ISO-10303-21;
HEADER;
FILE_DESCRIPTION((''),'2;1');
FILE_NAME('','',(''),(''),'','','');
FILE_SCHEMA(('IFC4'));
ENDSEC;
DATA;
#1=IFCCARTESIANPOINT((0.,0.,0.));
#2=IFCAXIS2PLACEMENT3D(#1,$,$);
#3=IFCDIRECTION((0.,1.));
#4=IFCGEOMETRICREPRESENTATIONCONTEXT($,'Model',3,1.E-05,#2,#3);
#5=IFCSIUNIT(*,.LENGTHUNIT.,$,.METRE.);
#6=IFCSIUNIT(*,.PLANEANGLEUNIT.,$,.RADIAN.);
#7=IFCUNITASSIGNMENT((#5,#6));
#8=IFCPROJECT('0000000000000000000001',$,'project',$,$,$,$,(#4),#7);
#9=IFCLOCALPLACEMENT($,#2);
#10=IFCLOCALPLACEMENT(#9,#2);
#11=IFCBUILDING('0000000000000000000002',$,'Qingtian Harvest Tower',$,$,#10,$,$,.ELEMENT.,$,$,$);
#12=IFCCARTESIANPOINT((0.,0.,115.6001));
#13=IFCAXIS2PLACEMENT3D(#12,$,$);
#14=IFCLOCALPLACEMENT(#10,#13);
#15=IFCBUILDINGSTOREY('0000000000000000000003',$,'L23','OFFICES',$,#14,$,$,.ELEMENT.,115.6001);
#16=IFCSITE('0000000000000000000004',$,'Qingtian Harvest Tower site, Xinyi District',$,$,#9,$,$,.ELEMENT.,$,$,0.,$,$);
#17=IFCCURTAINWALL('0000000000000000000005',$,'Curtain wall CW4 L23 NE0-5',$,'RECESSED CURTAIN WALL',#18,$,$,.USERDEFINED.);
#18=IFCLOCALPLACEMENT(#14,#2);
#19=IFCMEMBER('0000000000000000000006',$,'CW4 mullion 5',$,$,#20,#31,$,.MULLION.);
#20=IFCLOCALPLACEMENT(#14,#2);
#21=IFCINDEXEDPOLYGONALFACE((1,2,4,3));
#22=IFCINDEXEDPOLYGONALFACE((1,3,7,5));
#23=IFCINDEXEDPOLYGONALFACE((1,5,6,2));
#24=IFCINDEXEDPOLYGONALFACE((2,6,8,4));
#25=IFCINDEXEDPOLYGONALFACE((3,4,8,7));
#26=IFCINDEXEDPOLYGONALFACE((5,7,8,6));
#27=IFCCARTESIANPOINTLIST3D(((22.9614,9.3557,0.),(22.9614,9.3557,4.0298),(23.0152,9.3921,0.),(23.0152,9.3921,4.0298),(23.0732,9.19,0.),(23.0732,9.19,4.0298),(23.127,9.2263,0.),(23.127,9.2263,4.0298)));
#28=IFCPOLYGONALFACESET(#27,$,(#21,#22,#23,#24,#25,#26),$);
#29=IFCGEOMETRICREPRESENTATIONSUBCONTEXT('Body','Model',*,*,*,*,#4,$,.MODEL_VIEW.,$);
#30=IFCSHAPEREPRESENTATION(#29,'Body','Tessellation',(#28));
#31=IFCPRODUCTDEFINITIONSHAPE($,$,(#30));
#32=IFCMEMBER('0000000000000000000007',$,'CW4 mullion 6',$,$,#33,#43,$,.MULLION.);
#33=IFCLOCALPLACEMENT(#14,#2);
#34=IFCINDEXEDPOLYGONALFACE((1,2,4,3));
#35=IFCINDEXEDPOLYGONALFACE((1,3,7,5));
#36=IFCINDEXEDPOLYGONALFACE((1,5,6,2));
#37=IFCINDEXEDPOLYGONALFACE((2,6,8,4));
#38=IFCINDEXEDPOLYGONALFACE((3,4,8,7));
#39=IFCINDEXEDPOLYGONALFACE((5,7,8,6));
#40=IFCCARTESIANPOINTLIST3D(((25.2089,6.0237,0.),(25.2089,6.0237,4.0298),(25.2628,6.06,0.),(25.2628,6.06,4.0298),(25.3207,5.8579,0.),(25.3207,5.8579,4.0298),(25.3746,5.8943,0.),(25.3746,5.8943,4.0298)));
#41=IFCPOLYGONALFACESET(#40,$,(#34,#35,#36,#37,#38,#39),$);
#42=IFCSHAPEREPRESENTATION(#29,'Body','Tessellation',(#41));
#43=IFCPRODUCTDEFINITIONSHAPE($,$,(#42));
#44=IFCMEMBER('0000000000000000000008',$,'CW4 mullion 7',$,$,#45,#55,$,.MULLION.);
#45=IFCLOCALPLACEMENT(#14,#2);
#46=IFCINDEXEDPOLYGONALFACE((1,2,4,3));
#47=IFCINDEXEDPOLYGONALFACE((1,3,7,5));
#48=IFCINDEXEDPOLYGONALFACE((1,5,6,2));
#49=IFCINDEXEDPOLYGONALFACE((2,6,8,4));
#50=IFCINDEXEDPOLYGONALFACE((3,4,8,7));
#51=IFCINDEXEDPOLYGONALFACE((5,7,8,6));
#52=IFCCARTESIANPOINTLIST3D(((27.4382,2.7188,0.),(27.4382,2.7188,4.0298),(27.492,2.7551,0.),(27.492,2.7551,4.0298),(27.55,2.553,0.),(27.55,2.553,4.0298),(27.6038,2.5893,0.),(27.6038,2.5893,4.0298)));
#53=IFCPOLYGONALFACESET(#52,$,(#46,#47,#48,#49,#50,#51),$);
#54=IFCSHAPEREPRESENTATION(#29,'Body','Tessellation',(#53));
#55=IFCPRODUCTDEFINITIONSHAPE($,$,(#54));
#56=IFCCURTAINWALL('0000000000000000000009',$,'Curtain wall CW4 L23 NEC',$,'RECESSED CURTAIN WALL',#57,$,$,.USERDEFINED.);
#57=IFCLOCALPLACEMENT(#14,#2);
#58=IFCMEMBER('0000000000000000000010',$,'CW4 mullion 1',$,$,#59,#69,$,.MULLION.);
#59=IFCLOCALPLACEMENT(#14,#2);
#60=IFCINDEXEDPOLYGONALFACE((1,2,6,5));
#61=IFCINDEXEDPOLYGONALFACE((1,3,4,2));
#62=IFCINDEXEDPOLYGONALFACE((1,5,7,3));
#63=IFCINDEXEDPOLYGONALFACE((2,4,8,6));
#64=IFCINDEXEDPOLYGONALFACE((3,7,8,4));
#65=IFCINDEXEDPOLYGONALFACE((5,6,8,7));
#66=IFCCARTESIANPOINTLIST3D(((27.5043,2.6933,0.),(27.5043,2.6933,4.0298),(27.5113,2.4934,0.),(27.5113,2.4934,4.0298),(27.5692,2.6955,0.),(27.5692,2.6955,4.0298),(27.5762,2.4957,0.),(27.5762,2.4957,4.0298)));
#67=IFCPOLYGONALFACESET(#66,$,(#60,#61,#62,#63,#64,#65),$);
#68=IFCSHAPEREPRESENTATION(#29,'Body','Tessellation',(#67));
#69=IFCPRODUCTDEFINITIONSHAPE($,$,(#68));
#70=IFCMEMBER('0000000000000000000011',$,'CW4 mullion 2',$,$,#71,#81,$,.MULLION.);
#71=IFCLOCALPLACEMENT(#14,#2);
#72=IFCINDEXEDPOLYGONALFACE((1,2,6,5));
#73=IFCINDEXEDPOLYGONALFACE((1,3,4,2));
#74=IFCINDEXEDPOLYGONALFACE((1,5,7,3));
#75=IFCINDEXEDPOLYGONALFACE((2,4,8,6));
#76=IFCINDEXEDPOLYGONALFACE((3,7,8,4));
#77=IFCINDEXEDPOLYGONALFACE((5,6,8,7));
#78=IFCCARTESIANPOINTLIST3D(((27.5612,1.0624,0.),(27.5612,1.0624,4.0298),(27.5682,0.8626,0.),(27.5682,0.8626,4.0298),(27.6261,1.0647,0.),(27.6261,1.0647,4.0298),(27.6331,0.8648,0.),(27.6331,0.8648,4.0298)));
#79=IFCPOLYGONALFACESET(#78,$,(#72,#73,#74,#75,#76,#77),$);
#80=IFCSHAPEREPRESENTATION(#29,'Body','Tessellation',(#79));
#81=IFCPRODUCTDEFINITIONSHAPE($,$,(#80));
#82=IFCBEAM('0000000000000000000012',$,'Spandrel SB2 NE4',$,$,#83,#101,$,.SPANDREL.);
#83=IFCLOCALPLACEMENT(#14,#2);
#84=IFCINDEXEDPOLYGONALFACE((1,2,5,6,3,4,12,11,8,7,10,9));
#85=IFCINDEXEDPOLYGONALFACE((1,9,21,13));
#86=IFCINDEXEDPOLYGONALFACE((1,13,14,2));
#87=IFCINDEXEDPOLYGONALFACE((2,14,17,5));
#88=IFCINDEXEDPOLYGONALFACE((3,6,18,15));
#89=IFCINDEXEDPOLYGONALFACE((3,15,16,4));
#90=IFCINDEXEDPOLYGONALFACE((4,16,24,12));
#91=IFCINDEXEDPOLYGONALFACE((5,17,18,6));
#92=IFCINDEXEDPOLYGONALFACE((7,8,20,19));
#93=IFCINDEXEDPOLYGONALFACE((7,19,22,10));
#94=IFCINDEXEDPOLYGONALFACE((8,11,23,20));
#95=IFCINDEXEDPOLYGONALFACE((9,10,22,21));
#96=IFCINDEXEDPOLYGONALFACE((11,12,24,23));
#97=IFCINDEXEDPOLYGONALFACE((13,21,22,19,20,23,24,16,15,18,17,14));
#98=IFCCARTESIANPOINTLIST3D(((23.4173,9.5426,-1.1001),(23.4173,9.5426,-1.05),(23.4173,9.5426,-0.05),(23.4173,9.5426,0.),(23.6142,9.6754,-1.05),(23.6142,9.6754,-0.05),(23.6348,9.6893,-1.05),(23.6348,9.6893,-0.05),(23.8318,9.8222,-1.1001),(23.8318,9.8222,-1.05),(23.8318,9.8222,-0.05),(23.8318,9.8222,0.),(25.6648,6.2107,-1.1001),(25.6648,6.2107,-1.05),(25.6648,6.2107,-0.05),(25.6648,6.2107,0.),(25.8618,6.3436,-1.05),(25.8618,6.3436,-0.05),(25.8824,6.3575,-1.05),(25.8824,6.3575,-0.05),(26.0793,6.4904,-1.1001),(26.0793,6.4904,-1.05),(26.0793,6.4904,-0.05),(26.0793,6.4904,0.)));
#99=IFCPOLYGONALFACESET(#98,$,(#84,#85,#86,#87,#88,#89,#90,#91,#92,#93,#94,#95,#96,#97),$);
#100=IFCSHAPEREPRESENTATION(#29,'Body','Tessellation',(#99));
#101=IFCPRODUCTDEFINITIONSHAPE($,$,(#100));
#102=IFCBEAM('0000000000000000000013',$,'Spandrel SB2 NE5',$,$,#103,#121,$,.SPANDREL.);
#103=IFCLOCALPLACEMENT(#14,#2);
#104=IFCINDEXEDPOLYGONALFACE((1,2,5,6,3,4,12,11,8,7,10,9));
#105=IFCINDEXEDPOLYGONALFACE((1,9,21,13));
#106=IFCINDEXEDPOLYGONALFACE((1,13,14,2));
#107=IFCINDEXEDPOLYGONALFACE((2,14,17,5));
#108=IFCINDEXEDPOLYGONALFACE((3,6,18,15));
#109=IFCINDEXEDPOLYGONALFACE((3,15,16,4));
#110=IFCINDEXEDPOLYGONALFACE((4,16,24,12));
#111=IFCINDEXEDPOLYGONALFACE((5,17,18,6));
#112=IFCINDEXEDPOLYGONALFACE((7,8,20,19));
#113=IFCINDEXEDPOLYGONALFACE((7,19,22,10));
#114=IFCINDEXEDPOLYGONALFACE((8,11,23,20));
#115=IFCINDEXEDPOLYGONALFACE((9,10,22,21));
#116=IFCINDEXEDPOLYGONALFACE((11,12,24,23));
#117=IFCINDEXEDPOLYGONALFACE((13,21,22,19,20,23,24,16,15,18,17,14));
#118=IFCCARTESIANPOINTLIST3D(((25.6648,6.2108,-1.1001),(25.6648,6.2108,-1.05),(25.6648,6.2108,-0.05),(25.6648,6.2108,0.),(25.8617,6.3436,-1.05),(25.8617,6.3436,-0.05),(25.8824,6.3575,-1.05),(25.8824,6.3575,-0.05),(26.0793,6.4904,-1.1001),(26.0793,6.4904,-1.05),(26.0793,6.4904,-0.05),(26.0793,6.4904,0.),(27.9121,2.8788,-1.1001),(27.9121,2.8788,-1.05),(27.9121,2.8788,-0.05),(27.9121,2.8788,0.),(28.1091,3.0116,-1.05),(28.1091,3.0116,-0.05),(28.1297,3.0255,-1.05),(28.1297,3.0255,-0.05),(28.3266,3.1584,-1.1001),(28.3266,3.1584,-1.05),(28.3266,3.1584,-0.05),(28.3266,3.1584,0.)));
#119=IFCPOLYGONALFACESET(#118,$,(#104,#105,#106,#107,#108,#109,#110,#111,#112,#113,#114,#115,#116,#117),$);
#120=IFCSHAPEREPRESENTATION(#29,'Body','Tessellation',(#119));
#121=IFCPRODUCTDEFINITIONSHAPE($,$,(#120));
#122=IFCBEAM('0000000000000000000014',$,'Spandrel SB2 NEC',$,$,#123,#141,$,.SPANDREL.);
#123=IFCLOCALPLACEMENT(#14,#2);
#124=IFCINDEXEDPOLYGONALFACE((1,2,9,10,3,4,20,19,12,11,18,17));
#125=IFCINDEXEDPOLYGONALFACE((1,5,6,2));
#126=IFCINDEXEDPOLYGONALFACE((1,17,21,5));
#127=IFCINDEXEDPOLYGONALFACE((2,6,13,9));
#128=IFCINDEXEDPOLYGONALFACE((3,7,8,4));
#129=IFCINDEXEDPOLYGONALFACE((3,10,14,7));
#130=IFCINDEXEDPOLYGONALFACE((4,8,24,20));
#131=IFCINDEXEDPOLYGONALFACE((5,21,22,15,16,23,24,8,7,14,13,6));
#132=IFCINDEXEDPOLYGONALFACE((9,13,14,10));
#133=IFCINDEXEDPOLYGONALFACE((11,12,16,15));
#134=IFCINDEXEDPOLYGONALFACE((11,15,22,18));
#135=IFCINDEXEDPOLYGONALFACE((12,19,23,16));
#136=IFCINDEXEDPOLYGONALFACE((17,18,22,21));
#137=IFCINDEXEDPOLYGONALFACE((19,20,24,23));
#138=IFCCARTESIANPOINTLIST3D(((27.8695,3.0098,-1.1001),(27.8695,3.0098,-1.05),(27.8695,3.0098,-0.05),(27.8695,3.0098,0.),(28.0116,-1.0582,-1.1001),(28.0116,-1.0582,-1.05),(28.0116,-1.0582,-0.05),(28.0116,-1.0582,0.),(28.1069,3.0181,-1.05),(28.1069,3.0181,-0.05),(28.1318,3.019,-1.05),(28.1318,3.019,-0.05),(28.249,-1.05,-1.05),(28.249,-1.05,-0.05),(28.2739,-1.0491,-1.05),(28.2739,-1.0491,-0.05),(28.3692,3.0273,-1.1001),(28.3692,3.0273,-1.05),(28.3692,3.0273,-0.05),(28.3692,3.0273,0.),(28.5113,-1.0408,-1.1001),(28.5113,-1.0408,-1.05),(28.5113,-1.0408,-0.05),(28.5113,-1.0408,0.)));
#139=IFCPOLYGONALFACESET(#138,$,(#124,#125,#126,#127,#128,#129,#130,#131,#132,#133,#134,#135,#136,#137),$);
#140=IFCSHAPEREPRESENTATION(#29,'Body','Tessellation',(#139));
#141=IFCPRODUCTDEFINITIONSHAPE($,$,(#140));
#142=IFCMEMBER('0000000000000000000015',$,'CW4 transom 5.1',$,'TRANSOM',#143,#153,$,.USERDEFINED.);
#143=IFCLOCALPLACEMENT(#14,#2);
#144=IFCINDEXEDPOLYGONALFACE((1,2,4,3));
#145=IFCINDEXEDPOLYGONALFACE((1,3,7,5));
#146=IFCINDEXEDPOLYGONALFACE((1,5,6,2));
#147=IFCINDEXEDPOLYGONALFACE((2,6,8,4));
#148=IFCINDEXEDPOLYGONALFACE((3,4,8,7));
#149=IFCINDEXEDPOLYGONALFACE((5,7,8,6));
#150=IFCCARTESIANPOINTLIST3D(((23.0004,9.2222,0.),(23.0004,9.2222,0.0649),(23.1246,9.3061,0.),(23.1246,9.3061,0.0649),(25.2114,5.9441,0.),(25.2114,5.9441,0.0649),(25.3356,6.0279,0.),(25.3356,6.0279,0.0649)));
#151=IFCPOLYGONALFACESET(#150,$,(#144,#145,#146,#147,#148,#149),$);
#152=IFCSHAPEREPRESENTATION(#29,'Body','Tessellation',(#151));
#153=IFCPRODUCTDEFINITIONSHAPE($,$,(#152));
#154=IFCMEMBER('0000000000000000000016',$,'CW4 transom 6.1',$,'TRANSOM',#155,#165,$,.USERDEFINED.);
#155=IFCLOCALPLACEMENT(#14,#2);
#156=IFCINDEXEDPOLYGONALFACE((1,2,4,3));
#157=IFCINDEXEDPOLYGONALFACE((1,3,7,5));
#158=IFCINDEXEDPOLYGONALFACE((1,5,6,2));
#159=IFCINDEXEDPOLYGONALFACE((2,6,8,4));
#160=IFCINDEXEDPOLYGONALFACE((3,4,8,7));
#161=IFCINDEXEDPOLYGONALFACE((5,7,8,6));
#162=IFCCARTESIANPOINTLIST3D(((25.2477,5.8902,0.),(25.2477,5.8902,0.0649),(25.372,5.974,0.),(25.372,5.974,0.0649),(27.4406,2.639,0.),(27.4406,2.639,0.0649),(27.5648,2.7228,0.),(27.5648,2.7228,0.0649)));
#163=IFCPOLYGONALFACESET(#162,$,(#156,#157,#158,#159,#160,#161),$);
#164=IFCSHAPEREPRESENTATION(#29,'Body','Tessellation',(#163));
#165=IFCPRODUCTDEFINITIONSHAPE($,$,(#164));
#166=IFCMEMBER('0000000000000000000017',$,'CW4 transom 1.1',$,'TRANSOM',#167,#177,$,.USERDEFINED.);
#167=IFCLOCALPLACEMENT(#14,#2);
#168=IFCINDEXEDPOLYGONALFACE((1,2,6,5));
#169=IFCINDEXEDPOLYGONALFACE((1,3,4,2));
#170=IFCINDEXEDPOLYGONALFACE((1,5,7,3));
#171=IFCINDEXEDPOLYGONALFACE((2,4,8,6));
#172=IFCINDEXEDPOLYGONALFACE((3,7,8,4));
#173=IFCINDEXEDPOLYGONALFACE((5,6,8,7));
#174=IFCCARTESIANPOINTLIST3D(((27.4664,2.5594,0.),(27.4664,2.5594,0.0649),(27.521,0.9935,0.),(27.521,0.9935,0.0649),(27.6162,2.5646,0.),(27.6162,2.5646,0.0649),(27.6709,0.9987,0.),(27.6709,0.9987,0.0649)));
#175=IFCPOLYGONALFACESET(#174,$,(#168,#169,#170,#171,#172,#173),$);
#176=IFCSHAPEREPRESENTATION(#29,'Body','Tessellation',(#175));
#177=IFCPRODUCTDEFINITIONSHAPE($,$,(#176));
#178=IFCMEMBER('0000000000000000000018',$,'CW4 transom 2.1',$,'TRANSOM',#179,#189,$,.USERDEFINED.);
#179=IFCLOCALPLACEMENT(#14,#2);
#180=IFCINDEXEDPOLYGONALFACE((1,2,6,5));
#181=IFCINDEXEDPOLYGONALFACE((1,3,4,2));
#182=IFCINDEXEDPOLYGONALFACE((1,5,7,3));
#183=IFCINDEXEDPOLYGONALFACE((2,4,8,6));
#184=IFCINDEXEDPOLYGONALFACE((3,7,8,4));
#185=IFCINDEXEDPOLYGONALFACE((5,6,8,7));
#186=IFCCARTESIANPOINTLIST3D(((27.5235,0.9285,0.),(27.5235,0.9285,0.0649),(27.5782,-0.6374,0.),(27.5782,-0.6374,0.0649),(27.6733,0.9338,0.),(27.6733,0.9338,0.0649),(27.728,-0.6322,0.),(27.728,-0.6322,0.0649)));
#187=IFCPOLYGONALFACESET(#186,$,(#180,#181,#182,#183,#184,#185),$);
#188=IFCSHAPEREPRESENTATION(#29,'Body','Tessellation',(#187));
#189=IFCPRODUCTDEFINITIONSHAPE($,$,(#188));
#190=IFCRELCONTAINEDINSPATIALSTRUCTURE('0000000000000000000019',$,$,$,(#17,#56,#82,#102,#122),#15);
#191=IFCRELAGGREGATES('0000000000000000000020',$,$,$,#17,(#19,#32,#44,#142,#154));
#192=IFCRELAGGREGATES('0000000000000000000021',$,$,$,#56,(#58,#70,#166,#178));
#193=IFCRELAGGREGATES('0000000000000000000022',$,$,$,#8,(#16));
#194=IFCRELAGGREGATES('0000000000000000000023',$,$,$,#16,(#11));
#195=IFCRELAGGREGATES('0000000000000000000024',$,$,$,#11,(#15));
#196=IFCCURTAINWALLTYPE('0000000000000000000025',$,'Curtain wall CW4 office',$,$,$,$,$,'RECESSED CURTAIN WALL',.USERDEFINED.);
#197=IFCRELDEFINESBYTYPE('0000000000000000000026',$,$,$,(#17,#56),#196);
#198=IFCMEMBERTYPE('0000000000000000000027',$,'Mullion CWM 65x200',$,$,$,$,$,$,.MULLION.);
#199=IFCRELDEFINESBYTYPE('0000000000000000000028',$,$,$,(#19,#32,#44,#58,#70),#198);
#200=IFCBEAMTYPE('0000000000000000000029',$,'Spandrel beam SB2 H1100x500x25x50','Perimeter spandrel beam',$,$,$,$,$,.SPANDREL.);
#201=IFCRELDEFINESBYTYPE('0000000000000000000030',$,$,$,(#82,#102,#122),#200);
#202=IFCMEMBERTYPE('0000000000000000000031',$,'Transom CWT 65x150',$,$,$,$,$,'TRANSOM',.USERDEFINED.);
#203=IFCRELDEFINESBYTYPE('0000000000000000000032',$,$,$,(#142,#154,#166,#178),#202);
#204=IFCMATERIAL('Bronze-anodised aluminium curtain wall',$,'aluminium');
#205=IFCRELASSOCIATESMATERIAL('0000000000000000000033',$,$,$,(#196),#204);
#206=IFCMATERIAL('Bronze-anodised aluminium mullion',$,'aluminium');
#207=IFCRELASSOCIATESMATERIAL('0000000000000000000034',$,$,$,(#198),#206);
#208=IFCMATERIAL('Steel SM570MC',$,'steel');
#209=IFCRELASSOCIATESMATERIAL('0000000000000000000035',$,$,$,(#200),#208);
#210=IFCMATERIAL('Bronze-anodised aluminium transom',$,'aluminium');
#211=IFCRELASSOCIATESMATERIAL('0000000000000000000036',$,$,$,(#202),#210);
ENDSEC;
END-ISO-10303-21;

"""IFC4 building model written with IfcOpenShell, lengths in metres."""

from ifc_helpers import new_model, si_unit, direction, frame, origin, origin_2d, place, context, subcontext, project, spatial, rectangle, i_section, extrude, material, material_profile, profile_set, type_object, element, aggregate, save


model = new_model("IFC4")

# Units and contexts
model_context = context("Model", 3, precision=1e-05, world=origin(), true_north=direction((0.0, 1.0)))
body_context = subcontext(model_context, "Body", "Model", "MODEL_VIEW")
ifc_project = project(units=[si_unit("LENGTHUNIT", "METRE"), si_unit("PLANEANGLEUNIT", "RADIAN")], contexts=[model_context])

# Site, building, storey
site_placement = place(None, origin())
site = spatial("IfcSite", under=ifc_project, at=site_placement, Name="Qingtian Harvest Tower site, Xinyi District", CompositionType="ELEMENT", RefElevation=0.0)
building_placement = place(site_placement, origin())
building = spatial("IfcBuilding", under=site, at=building_placement, Name="Qingtian Harvest Tower", CompositionType="ELEMENT")
storey_placement = place(building_placement, frame((0.0, 0.0, 115.6001)))
storey = spatial("IfcBuildingStorey", under=building, at=storey_placement, Name="L23", Description="OFFICES", CompositionType="ELEMENT", Elevation=115.6001)

# Curtain walls, members
ifc_material_1 = material(Name="Bronze-anodised aluminium curtain wall", Category="aluminium")
curtain_wall_type = type_object("IfcCurtainWallType", Name="Curtain wall CW4 office", ElementType="RECESSED CURTAIN WALL", PredefinedType="USERDEFINED", material=ifc_material_1)
curtain_wall_1_placement = place(storey_placement, origin())
curtain_wall_1 = element("IfcCurtainWall", 1, at=curtain_wall_1_placement, inside=storey, type_object=curtain_wall_type, Name="Curtain wall CW4 L23 NE0-5", ObjectType="RECESSED CURTAIN WALL", PredefinedType="USERDEFINED")
ifc_material_2 = material(Name="Bronze-anodised aluminium mullion", Category="aluminium")
ifc_material_profile_1 = material_profile(ifc_material_2, rectangle(XDim=0.0649, YDim=0.2, at=origin_2d()), Name="AL 65x200")
ifc_profile_set_1 = profile_set([ifc_material_profile_1], Name="Bronze-anodised aluminium mullion")
member_type_1 = type_object("IfcMemberType", Name="Mullion CWM 65x200", PredefinedType="MULLION", material=ifc_profile_set_1)
member_1_placement = place(storey_placement, frame((23.0442, 9.291, 0.0), z_axis=(0.0, 0.0, 1.0), x_axis=(0.829038, 0.559193, 0.0)))
member_1 = element("IfcMember", 2, at=member_1_placement, type_object=member_type_1, Name="CW4 mullion 5", PredefinedType="MULLION", context=body_context, shape_type="SweptSolid", body=[
    extrude(rectangle(XDim=0.0649, YDim=0.2, at=origin_2d()), origin(), (0.0, 0.0, 1.0), 4.0298),
])
member_2_placement = place(storey_placement, frame((25.2917, 5.959, 0.0), z_axis=(0.0, 0.0, 1.0), x_axis=(0.829038, 0.559193, 0.0)))
member_2 = element("IfcMember", 3, at=member_2_placement, type_object=member_type_1, Name="CW4 mullion 6", PredefinedType="MULLION", context=body_context, shape_type="SweptSolid", body=[
    extrude(rectangle(XDim=0.0649, YDim=0.2, at=origin_2d()), origin(), (0.0, 0.0, 1.0), 4.0298),
])
member_3_placement = place(storey_placement, frame((27.521, 2.6541, 0.0), z_axis=(0.0, 0.0, 1.0), x_axis=(0.829038, 0.559193, 0.0)))
member_3 = element("IfcMember", 4, at=member_3_placement, type_object=member_type_1, Name="CW4 mullion 7", PredefinedType="MULLION", context=body_context, shape_type="SweptSolid", body=[
    extrude(rectangle(XDim=0.0649, YDim=0.2, at=origin_2d()), origin(), (0.0, 0.0, 1.0), 4.0298),
])
curtain_wall_2_placement = place(storey_placement, origin())
curtain_wall_2 = element("IfcCurtainWall", 5, at=curtain_wall_2_placement, inside=storey, type_object=curtain_wall_type, Name="Curtain wall CW4 L23 NEC", ObjectType="RECESSED CURTAIN WALL", PredefinedType="USERDEFINED")
member_4_placement = place(storey_placement, frame((27.5403, 2.5945, 0.0), z_axis=(0.0, 0.0, 1.0), x_axis=(0.999391, 0.034899, 0.0)))
member_4 = element("IfcMember", 6, at=member_4_placement, type_object=member_type_1, Name="CW4 mullion 1", PredefinedType="MULLION", context=body_context, shape_type="SweptSolid", body=[
    extrude(rectangle(XDim=0.0649, YDim=0.2, at=origin_2d()), origin(), (0.0, 0.0, 1.0), 4.0298),
])
member_5_placement = place(storey_placement, frame((27.5972, 0.9636, 0.0), z_axis=(0.0, 0.0, 1.0), x_axis=(0.999391, 0.034899, 0.0)))
member_5 = element("IfcMember", 7, at=member_5_placement, type_object=member_type_1, Name="CW4 mullion 2", PredefinedType="MULLION", context=body_context, shape_type="SweptSolid", body=[
    extrude(rectangle(XDim=0.0649, YDim=0.2, at=origin_2d()), origin(), (0.0, 0.0, 1.0), 4.0298),
])

# Beams
ifc_material_3 = material(Name="Steel SM570MC", Category="steel")
ifc_material_profile_2 = material_profile(ifc_material_3, i_section(OverallWidth=0.5, OverallDepth=1.1001, WebThickness=0.0249, FlangeThickness=0.05, at=origin_2d()), Name="H1100x500x25x50")
ifc_profile_set_2 = profile_set([ifc_material_profile_2], Name="Steel SM570MC")
beam_type_1 = type_object("IfcBeamType", Name="Spandrel beam SB2 H1100x500x25x50", Description="Perimeter spandrel beam", PredefinedType="SPANDREL", material=ifc_profile_set_2)
for number, where, z_axis, x_axis, name in (
    (8, (23.6245, 9.6824, -0.55), (0.559234, -0.82901, 0.0), (0.82901, 0.559234, 0.0), "Spandrel SB2 NE4"),
    (9, (25.8721, 6.3506, -0.55), (0.559164, -0.829057, 0.0), (0.829057, 0.559164, 0.0), "Spandrel SB2 NE5"),
):
    element("IfcBeam", number, at=place(storey_placement, frame(where, z_axis=z_axis, x_axis=x_axis)), inside=storey, type_object=beam_type_1, Name=name, PredefinedType="SPANDREL", context=body_context, shape_type="SweptSolid", body=[
        extrude(i_section(OverallWidth=0.5, OverallDepth=1.1001, WebThickness=0.0249, FlangeThickness=0.05, at=origin_2d()), origin(), (0.0, 0.0, 1.0), 4.019),
    ])
beam_1_placement = place(storey_placement, frame((28.1194, 3.0186, -0.55), z_axis=(0.034906, -0.999391, 0.0), x_axis=(0.999391, 0.034906, 0.0)))
element("IfcBeam", 10, at=beam_1_placement, inside=storey, type_object=beam_type_1, Name="Spandrel SB2 NEC", PredefinedType="SPANDREL", context=body_context, shape_type="SweptSolid", body=[
    extrude(i_section(OverallWidth=0.5, OverallDepth=1.1001, WebThickness=0.0249, FlangeThickness=0.05, at=origin_2d()), origin(), (0.0, 0.0, 1.0), 4.0706),
])

# Members
ifc_material_4 = material(Name="Bronze-anodised aluminium transom", Category="aluminium")
ifc_material_profile_3 = material_profile(ifc_material_4, rectangle(XDim=0.1499, YDim=0.0649, at=origin_2d()), Name="AL 65x150")
ifc_profile_set_3 = profile_set([ifc_material_profile_3], Name="Bronze-anodised aluminium transom")
member_type_2 = type_object("IfcMemberType", Name="Transom CWT 65x150", ElementType="TRANSOM", PredefinedType="USERDEFINED", material=ifc_profile_set_3)
member_6_placement = place(storey_placement, frame((23.0625, 9.2642, 0.0325), z_axis=(0.559166, -0.829055, 0.0), x_axis=(0.829055, 0.559166, 0.0)))
member_6 = element("IfcMember", 11, at=member_6_placement, type_object=member_type_2, Name="CW4 transom 5.1", ObjectType="TRANSOM", PredefinedType="USERDEFINED", context=body_context, shape_type="SweptSolid", body=[
    extrude(rectangle(XDim=0.1499, YDim=0.0649, at=origin_2d()), origin(), (0.0, 0.0, 1.0), 3.9541),
])
member_7_placement = place(storey_placement, frame((25.3098, 5.9321, 0.0325), z_axis=(0.559175, -0.82905, 0.0), x_axis=(0.82905, 0.559175, 0.0)))
member_7 = element("IfcMember", 12, at=member_7_placement, type_object=member_type_2, Name="CW4 transom 6.1", ObjectType="TRANSOM", PredefinedType="USERDEFINED", context=body_context, shape_type="SweptSolid", body=[
    extrude(rectangle(XDim=0.1499, YDim=0.0649, at=origin_2d()), origin(), (0.0, 0.0, 1.0), 3.9216),
])
member_8_placement = place(storey_placement, frame((27.5413, 2.562, 0.0325), z_axis=(0.034902, -0.999391, 0.0), x_axis=(0.999391, 0.034902, 0.0)))
member_8 = element("IfcMember", 13, at=member_8_placement, type_object=member_type_2, Name="CW4 transom 1.1", ObjectType="TRANSOM", PredefinedType="USERDEFINED", context=body_context, shape_type="SweptSolid", body=[
    extrude(rectangle(XDim=0.1499, YDim=0.0649, at=origin_2d()), origin(), (0.0, 0.0, 1.0), 1.5669),
])
member_9_placement = place(storey_placement, frame((27.5984, 0.9312, 0.0325), z_axis=(0.034902, -0.999391, 0.0), x_axis=(0.999391, 0.034902, 0.0)))
member_9 = element("IfcMember", 14, at=member_9_placement, type_object=member_type_2, Name="CW4 transom 2.1", ObjectType="TRANSOM", PredefinedType="USERDEFINED", context=body_context, shape_type="SweptSolid", body=[
    extrude(rectangle(XDim=0.1499, YDim=0.0649, at=origin_2d()), origin(), (0.0, 0.0, 1.0), 1.5669),
])

aggregate(curtain_wall_1, [member_1, member_2, member_3, member_6, member_7])
aggregate(curtain_wall_2, [member_4, member_5, member_8, member_9])

save(model, "model.ifc")
